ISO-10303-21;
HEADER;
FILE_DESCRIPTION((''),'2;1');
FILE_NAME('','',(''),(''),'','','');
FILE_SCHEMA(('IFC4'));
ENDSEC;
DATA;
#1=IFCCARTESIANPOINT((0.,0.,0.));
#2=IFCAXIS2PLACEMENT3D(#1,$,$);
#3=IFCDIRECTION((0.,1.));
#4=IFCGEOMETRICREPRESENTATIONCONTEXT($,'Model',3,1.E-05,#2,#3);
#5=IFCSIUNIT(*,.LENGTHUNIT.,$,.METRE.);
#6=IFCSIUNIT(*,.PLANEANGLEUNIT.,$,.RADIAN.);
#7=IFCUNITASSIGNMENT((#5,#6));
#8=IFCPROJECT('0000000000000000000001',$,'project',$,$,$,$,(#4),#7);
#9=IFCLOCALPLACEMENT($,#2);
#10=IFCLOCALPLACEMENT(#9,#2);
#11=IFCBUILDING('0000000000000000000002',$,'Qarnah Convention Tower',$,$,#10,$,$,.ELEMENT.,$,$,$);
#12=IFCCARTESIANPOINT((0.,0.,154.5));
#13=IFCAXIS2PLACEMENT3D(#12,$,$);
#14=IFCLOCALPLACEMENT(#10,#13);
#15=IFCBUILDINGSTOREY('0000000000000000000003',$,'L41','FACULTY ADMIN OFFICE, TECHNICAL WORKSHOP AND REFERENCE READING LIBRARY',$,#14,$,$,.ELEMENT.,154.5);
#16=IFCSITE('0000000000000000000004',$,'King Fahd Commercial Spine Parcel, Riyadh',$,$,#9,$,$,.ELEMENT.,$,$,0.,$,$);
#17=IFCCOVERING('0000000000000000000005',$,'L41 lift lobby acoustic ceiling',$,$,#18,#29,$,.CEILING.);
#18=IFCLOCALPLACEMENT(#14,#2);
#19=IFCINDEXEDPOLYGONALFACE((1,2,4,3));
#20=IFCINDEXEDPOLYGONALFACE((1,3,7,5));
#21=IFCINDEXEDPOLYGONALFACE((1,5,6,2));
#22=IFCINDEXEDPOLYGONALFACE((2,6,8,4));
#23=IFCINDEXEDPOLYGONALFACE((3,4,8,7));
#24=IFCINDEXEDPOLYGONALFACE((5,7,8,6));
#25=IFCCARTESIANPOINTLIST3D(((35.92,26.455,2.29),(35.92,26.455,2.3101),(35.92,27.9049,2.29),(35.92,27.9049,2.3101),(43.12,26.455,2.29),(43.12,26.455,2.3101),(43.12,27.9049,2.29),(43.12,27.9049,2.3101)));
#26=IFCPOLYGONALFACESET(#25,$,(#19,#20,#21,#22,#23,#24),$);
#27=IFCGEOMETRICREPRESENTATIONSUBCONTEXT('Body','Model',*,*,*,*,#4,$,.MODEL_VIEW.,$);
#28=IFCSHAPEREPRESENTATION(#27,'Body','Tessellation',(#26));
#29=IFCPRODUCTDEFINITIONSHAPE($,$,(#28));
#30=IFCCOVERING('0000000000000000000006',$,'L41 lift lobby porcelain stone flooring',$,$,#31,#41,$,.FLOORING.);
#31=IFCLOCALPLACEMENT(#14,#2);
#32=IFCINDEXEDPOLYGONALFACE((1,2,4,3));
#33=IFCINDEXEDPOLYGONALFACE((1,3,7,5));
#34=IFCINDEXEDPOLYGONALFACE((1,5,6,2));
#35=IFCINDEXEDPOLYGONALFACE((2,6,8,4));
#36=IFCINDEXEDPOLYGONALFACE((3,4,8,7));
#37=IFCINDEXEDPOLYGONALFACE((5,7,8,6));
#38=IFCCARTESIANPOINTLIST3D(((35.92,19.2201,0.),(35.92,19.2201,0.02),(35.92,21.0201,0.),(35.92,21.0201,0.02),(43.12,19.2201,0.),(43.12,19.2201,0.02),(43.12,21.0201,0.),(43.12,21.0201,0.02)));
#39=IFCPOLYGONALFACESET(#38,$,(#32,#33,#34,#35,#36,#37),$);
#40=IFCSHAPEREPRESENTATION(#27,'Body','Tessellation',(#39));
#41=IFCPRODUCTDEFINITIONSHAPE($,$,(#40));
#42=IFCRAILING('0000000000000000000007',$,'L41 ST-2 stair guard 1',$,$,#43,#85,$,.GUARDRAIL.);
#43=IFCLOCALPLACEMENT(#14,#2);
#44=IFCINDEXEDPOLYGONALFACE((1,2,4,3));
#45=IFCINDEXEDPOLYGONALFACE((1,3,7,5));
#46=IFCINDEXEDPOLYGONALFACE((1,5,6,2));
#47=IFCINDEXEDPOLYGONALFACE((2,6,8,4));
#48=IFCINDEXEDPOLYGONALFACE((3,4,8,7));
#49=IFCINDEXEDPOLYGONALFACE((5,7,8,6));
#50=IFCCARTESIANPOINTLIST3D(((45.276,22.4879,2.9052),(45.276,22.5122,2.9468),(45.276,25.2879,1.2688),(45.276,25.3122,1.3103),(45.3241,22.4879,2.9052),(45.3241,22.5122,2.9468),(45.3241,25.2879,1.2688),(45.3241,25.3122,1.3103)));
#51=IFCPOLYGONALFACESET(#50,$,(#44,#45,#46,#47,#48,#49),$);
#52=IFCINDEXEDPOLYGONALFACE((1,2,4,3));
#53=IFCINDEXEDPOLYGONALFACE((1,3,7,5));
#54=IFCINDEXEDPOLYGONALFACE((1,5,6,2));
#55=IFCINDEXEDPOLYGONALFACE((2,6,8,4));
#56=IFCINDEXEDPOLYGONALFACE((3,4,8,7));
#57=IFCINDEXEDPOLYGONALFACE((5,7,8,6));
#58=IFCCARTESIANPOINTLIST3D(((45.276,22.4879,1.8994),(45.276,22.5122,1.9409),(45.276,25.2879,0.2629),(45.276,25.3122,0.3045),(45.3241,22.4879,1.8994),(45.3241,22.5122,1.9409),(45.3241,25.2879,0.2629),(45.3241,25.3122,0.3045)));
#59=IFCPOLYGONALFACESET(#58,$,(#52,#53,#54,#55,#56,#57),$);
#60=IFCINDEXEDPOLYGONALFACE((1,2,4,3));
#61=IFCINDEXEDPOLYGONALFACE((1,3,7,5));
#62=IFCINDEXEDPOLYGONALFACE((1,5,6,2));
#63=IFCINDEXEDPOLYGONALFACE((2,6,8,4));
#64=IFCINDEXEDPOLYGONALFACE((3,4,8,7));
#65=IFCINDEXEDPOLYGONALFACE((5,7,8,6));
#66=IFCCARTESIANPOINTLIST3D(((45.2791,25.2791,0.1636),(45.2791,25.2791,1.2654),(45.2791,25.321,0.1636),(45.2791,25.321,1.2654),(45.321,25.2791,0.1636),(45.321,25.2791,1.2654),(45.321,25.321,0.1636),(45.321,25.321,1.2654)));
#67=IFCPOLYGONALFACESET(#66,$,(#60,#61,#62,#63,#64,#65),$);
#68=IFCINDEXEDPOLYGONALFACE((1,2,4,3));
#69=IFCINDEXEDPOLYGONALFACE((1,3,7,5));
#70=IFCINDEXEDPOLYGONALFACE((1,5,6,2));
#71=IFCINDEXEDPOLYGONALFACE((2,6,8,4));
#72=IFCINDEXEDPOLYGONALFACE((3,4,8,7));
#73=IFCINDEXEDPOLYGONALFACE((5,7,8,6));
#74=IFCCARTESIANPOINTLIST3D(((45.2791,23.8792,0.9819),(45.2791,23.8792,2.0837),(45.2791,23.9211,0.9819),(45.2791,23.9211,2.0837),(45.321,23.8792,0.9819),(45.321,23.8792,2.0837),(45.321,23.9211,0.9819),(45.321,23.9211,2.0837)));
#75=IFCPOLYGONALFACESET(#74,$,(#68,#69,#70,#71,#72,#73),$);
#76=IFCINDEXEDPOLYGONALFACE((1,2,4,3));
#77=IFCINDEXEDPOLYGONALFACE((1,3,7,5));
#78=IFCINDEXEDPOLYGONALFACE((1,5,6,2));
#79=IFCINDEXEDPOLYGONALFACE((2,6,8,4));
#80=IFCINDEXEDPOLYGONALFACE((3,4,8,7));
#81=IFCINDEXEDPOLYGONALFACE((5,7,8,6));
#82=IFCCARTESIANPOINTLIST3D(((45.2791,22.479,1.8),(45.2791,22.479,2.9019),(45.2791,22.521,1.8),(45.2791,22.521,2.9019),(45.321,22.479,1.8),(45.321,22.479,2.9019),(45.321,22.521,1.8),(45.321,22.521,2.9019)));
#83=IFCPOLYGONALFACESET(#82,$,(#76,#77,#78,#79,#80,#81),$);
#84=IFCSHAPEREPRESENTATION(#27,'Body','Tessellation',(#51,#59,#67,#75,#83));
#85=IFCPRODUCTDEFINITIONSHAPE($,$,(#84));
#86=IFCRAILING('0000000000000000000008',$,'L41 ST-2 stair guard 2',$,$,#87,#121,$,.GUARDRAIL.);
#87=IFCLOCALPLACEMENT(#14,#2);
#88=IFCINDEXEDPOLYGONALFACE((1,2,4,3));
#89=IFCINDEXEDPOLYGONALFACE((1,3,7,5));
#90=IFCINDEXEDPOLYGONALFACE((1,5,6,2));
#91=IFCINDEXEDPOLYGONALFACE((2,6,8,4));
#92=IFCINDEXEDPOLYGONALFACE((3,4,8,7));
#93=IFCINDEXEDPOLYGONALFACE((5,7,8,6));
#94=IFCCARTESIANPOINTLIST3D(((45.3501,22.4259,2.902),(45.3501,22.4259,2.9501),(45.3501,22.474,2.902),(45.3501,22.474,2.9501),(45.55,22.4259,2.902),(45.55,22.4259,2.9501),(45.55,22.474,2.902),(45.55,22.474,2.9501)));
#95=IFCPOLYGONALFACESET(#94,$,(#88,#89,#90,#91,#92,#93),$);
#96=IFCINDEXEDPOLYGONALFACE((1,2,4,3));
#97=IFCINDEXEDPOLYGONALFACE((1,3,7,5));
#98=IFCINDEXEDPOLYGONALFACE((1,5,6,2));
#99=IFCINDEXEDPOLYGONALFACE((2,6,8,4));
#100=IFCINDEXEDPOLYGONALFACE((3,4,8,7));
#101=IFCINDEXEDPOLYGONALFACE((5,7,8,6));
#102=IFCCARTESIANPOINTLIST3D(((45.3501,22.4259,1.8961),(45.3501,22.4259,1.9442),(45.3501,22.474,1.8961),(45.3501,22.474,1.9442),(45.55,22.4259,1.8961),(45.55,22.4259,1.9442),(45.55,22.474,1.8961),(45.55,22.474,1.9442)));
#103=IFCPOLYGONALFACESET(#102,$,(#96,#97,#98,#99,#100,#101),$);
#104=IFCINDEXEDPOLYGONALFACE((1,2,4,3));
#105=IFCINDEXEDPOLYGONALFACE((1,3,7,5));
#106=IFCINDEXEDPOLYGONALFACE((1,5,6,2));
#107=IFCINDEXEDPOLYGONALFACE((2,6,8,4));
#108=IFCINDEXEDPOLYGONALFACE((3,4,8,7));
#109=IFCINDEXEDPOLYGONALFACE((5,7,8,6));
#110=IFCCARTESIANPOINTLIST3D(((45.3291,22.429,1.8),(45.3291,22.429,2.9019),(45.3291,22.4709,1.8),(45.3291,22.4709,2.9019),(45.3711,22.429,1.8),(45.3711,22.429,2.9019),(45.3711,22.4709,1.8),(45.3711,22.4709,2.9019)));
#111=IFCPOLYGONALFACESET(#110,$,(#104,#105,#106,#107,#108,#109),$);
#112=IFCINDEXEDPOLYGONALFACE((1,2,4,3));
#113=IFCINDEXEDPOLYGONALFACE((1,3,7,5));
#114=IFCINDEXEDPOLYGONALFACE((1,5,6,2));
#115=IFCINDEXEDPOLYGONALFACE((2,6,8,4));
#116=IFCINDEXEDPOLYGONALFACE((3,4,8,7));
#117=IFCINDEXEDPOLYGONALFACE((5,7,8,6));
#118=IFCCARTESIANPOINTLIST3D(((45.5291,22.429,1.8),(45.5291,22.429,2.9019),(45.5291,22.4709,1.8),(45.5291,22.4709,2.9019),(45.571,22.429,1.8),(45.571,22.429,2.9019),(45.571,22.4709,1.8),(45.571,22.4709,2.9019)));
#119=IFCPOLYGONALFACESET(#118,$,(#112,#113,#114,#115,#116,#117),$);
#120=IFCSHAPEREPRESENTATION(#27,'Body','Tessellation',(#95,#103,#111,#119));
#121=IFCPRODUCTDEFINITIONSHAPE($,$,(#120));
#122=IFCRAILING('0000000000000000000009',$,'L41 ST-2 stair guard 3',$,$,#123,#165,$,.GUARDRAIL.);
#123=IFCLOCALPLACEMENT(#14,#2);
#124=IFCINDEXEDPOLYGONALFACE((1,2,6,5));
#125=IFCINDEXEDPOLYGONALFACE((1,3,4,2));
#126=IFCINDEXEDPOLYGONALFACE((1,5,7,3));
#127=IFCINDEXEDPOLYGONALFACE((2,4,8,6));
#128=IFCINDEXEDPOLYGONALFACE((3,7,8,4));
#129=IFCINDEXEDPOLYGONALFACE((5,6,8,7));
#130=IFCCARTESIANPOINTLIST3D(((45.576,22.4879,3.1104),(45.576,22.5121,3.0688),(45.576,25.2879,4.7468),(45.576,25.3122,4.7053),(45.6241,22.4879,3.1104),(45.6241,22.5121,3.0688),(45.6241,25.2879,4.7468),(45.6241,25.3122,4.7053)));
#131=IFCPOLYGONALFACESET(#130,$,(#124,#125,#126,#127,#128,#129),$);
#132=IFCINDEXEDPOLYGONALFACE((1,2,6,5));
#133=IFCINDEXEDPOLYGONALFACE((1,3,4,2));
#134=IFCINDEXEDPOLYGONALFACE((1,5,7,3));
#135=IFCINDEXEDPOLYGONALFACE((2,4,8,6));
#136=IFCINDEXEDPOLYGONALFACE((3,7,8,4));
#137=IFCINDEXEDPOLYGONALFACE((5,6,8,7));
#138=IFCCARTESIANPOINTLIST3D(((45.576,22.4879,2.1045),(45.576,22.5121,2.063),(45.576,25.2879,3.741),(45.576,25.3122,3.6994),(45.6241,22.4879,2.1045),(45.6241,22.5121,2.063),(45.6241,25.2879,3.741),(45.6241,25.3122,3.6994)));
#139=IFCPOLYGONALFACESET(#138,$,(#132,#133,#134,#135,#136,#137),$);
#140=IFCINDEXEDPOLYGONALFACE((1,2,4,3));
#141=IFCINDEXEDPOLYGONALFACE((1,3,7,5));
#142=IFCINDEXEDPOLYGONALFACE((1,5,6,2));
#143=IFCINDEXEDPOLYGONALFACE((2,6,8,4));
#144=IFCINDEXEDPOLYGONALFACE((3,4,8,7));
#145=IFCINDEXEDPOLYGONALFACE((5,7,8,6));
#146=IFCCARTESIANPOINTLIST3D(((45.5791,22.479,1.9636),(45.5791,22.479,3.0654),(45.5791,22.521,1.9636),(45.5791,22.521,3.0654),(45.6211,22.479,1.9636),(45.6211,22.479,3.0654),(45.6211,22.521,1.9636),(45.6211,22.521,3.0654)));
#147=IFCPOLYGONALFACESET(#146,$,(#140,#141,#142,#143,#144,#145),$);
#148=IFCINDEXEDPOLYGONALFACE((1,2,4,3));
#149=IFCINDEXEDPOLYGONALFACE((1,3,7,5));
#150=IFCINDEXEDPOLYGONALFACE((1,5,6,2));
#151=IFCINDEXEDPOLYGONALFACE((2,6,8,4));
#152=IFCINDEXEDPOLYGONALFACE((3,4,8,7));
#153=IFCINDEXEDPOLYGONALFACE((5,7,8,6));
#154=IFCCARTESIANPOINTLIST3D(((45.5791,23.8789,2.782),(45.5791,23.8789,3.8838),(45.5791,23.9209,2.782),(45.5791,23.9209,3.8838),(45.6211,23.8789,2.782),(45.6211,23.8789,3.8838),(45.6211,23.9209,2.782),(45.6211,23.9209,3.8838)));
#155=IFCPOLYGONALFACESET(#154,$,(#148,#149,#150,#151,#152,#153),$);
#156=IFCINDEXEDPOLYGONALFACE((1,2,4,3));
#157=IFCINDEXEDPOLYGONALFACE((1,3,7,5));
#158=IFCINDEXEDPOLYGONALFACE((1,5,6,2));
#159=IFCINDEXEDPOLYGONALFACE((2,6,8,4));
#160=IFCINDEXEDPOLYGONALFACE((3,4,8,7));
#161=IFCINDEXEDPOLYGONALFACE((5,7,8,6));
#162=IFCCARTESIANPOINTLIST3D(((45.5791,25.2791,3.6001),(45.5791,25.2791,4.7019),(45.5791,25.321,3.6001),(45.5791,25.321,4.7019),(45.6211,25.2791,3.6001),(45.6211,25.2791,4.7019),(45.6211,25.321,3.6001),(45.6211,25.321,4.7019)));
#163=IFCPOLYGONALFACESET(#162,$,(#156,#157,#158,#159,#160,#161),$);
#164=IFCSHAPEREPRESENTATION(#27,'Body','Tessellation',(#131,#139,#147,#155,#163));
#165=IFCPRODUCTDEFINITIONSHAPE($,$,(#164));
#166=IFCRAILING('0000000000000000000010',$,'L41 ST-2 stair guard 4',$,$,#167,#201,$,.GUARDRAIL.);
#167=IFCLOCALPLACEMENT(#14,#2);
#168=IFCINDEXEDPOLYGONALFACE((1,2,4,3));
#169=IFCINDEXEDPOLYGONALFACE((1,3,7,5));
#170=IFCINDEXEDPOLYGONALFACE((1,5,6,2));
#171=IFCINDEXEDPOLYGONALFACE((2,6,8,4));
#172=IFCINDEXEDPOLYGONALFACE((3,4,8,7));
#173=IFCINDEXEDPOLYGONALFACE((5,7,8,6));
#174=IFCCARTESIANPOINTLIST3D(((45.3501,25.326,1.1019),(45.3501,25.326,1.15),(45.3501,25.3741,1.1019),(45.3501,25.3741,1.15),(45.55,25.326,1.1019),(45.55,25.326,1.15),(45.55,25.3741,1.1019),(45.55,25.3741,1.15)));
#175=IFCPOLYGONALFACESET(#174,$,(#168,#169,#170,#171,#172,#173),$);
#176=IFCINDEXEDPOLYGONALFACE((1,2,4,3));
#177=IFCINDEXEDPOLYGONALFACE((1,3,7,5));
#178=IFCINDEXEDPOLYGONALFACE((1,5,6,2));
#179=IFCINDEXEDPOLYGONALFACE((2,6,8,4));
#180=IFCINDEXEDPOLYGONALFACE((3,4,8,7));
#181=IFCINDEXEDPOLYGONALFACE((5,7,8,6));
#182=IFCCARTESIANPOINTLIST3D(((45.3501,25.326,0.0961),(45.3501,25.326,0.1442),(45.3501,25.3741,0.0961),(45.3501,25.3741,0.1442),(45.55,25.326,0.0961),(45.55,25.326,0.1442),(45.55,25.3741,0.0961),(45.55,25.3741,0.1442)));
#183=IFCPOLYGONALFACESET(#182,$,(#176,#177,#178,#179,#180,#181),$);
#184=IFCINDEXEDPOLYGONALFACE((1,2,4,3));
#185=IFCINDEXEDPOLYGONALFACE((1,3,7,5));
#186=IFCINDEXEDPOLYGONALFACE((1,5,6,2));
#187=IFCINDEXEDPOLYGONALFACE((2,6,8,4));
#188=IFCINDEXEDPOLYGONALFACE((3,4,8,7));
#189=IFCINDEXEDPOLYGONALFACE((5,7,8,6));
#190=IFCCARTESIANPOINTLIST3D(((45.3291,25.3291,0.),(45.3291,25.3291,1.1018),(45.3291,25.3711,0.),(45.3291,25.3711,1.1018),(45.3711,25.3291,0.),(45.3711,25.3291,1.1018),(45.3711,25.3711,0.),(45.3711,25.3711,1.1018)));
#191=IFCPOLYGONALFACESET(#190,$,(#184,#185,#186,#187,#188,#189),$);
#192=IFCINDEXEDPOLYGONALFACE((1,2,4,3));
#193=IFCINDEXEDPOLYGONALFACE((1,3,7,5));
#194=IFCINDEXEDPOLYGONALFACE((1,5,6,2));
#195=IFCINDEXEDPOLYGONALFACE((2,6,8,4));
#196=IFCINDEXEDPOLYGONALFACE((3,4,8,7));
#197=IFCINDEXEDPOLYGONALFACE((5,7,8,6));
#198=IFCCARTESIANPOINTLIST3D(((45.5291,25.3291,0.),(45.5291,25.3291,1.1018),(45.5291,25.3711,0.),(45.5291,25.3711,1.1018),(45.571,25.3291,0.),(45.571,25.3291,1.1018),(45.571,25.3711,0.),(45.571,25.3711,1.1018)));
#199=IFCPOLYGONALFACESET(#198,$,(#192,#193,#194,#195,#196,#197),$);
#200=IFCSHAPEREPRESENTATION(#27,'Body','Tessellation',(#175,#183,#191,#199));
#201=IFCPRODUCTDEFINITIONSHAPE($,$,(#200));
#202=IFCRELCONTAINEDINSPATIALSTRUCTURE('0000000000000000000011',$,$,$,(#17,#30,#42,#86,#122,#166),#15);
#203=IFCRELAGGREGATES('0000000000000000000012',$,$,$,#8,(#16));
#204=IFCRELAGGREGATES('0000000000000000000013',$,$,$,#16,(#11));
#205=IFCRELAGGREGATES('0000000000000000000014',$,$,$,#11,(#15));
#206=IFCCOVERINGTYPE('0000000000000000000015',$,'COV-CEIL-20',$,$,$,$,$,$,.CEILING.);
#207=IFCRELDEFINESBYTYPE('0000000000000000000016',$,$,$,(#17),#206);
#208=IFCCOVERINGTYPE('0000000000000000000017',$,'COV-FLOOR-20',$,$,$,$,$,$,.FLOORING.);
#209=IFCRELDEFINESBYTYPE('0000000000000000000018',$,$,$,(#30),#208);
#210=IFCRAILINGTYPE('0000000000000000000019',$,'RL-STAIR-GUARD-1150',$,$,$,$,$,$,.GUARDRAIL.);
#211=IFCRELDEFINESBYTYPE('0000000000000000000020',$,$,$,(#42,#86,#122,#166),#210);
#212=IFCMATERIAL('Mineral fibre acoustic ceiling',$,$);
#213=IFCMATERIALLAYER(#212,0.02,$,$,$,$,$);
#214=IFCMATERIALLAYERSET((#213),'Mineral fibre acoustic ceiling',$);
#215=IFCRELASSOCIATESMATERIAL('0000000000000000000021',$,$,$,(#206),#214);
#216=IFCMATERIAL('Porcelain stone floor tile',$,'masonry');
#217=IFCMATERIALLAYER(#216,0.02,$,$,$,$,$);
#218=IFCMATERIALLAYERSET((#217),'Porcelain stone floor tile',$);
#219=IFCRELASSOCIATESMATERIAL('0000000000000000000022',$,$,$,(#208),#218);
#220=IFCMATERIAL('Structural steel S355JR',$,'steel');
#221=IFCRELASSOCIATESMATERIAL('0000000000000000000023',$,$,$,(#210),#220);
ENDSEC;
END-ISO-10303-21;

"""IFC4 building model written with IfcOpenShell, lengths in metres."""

from ifc_helpers import new_model, si_unit, direction, frame, origin, origin_2d, place, context, subcontext, project, spatial, rectangle, extrude, material, layer, layer_set, type_object, element, save


model = new_model("IFC4")

# Units and contexts
model_context = context("Model", 3, precision=1e-05, world=origin(), true_north=direction((0.0, 1.0)))
body_context = subcontext(model_context, "Body", "Model", "MODEL_VIEW")
ifc_project = project(units=[si_unit("LENGTHUNIT", "METRE"), si_unit("PLANEANGLEUNIT", "RADIAN")], contexts=[model_context])

# Site, building, storey
site_placement = place(None, origin())
site = spatial("IfcSite", under=ifc_project, at=site_placement, Name="King Fahd Commercial Spine Parcel, Riyadh", CompositionType="ELEMENT", RefElevation=0.0)
building_placement = place(site_placement, origin())
building = spatial("IfcBuilding", under=site, at=building_placement, Name="Qarnah Convention Tower", CompositionType="ELEMENT")
storey_placement = place(building_placement, frame((0.0, 0.0, 154.5)))
storey = spatial("IfcBuildingStorey", under=building, at=storey_placement, Name="L41", Description="FACULTY ADMIN OFFICE, TECHNICAL WORKSHOP AND REFERENCE READING LIBRARY", CompositionType="ELEMENT", Elevation=154.5)

# Shared definitions
ifc_material_1 = material(Name="Structural steel S355JR", Category="steel")

# Coverings
ifc_material_2 = material(Name="Mineral fibre acoustic ceiling")
ifc_layer_1 = layer(ifc_material_2, 0.02)
ifc_layer_set_1 = layer_set([ifc_layer_1], Name="Mineral fibre acoustic ceiling")
covering_type_1 = type_object("IfcCoveringType", Name="COV-CEIL-20", PredefinedType="CEILING", material=ifc_layer_set_1)
covering_1_placement = place(storey_placement, frame((39.52, 27.1799, 2.29), z_axis=(0.0, 0.0, 1.0), x_axis=(1.0, 0.0, 0.0)))
element("IfcCovering", 1, at=covering_1_placement, inside=storey, type_object=covering_type_1, Name="L41 lift lobby acoustic ceiling", PredefinedType="CEILING", context=body_context, shape_type="SweptSolid", body=[
    extrude(rectangle(XDim=7.2, YDim=1.45, at=origin_2d()), origin(), (0.0, 0.0, 1.0), 0.02),
])
ifc_material_3 = material(Name="Porcelain stone floor tile", Category="masonry")
ifc_layer_2 = layer(ifc_material_3, 0.02)
ifc_layer_set_2 = layer_set([ifc_layer_2], Name="Porcelain stone floor tile")
covering_type_2 = type_object("IfcCoveringType", Name="COV-FLOOR-20", PredefinedType="FLOORING", material=ifc_layer_set_2)
covering_2_placement = place(storey_placement, frame((39.52, 20.1201, 0.0), z_axis=(0.0, 0.0, 1.0), x_axis=(1.0, 0.0, 0.0)))
element("IfcCovering", 2, at=covering_2_placement, inside=storey, type_object=covering_type_2, Name="L41 lift lobby porcelain stone flooring", PredefinedType="FLOORING", context=body_context, shape_type="SweptSolid", body=[
    extrude(rectangle(XDim=7.2, YDim=1.8, at=origin_2d()), origin(), (0.0, 0.0, 1.0), 0.02),
])

# Railings
railing_type_1 = type_object("IfcRailingType", Name="RL-STAIR-GUARD-1150", PredefinedType="GUARDRAIL", material=ifc_material_1)
railing_1_placement = place(storey_placement, frame((45.3, 25.3, 0.1636)))
element("IfcRailing", 3, at=railing_1_placement, inside=storey, type_object=railing_type_1, Name="L41 ST-2 stair guard 1", PredefinedType="GUARDRAIL", context=body_context, shape_type="SweptSolid", body=[
    extrude(rectangle(XDim=0.0481, YDim=0.0481, at=origin_2d()), frame((0.0, 0.0, 1.126), z_axis=(0.0, -0.863361, 0.504587), x_axis=(1.0, 0.0, 0.0)), (0.0, 0.0, 1.0), 3.2432),
    extrude(rectangle(XDim=0.0481, YDim=0.0481, at=origin_2d()), frame((0.0, 0.0, 0.1201), z_axis=(0.0, -0.863361, 0.504587), x_axis=(1.0, 0.0, 0.0)), (0.0, 0.0, 1.0), 3.2432),
    extrude(rectangle(XDim=0.042, YDim=0.042, at=origin_2d()), origin(), (0.0, 0.0, 1.0), 1.1018),
    extrude(rectangle(XDim=0.042, YDim=0.042, at=origin_2d()), frame((0.0, -1.3999, 0.8184)), (0.0, 0.0, 1.0), 1.1018),
    extrude(rectangle(XDim=0.042, YDim=0.042, at=origin_2d()), frame((0.0, -2.8, 1.6365)), (0.0, 0.0, 1.0), 1.1018),
])
railing_2_placement = place(storey_placement, frame((45.3501, 22.45, 1.8)))
element("IfcRailing", 4, at=railing_2_placement, inside=storey, type_object=railing_type_1, Name="L41 ST-2 stair guard 2", PredefinedType="GUARDRAIL", context=body_context, shape_type="SweptSolid", body=[
    extrude(rectangle(XDim=0.0481, YDim=0.0481, at=origin_2d()), frame((0.0, 0.0, 1.126), z_axis=(1.0, 0.0, 0.0), x_axis=(0.0, 1.0, 0.0)), (0.0, 0.0, 1.0), 0.2),
    extrude(rectangle(XDim=0.0481, YDim=0.0481, at=origin_2d()), frame((0.0, 0.0, 0.1201), z_axis=(1.0, 0.0, 0.0), x_axis=(0.0, 1.0, 0.0)), (0.0, 0.0, 1.0), 0.2),
    extrude(rectangle(XDim=0.042, YDim=0.042, at=origin_2d()), origin(), (0.0, 0.0, 1.0), 1.1018),
    extrude(rectangle(XDim=0.042, YDim=0.042, at=origin_2d()), frame((0.2, 0.0, 0.0)), (0.0, 0.0, 1.0), 1.1018),
])
railing_3_placement = place(storey_placement, frame((45.6001, 22.5, 1.9636)))
element("IfcRailing", 5, at=railing_3_placement, inside=storey, type_object=railing_type_1, Name="L41 ST-2 stair guard 3", PredefinedType="GUARDRAIL", context=body_context, shape_type="SweptSolid", body=[
    extrude(rectangle(XDim=0.0481, YDim=0.0481, at=origin_2d()), frame((0.0, 0.0, 1.126), z_axis=(0.0, 0.863361, 0.504587), x_axis=(-1.0, 0.0, 0.0)), (0.0, 0.0, 1.0), 3.2432),
    extrude(rectangle(XDim=0.0481, YDim=0.0481, at=origin_2d()), frame((0.0, 0.0, 0.1201), z_axis=(0.0, 0.863361, 0.504587), x_axis=(-1.0, 0.0, 0.0)), (0.0, 0.0, 1.0), 3.2432),
    extrude(rectangle(XDim=0.042, YDim=0.042, at=origin_2d()), origin(), (0.0, 0.0, 1.0), 1.1018),
    extrude(rectangle(XDim=0.042, YDim=0.042, at=origin_2d()), frame((0.0, 1.3999, 0.8184)), (0.0, 0.0, 1.0), 1.1018),
    extrude(rectangle(XDim=0.042, YDim=0.042, at=origin_2d()), frame((0.0, 2.8, 1.6365)), (0.0, 0.0, 1.0), 1.1018),
])
railing_4_placement = place(storey_placement, frame((45.3501, 25.3501, 0.0)))
element("IfcRailing", 6, at=railing_4_placement, inside=storey, type_object=railing_type_1, Name="L41 ST-2 stair guard 4", PredefinedType="GUARDRAIL", context=body_context, shape_type="SweptSolid", body=[
    extrude(rectangle(XDim=0.0481, YDim=0.0481, at=origin_2d()), frame((0.0, 0.0, 1.126), z_axis=(1.0, 0.0, 0.0), x_axis=(0.0, 1.0, 0.0)), (0.0, 0.0, 1.0), 0.2),
    extrude(rectangle(XDim=0.0481, YDim=0.0481, at=origin_2d()), frame((0.0, 0.0, 0.1201), z_axis=(1.0, 0.0, 0.0), x_axis=(0.0, 1.0, 0.0)), (0.0, 0.0, 1.0), 0.2),
    extrude(rectangle(XDim=0.042, YDim=0.042, at=origin_2d()), origin(), (0.0, 0.0, 1.0), 1.1018),
    extrude(rectangle(XDim=0.042, YDim=0.042, at=origin_2d()), frame((0.2, 0.0, 0.0)), (0.0, 0.0, 1.0), 1.1018),
])

save(model, "model.ifc")
